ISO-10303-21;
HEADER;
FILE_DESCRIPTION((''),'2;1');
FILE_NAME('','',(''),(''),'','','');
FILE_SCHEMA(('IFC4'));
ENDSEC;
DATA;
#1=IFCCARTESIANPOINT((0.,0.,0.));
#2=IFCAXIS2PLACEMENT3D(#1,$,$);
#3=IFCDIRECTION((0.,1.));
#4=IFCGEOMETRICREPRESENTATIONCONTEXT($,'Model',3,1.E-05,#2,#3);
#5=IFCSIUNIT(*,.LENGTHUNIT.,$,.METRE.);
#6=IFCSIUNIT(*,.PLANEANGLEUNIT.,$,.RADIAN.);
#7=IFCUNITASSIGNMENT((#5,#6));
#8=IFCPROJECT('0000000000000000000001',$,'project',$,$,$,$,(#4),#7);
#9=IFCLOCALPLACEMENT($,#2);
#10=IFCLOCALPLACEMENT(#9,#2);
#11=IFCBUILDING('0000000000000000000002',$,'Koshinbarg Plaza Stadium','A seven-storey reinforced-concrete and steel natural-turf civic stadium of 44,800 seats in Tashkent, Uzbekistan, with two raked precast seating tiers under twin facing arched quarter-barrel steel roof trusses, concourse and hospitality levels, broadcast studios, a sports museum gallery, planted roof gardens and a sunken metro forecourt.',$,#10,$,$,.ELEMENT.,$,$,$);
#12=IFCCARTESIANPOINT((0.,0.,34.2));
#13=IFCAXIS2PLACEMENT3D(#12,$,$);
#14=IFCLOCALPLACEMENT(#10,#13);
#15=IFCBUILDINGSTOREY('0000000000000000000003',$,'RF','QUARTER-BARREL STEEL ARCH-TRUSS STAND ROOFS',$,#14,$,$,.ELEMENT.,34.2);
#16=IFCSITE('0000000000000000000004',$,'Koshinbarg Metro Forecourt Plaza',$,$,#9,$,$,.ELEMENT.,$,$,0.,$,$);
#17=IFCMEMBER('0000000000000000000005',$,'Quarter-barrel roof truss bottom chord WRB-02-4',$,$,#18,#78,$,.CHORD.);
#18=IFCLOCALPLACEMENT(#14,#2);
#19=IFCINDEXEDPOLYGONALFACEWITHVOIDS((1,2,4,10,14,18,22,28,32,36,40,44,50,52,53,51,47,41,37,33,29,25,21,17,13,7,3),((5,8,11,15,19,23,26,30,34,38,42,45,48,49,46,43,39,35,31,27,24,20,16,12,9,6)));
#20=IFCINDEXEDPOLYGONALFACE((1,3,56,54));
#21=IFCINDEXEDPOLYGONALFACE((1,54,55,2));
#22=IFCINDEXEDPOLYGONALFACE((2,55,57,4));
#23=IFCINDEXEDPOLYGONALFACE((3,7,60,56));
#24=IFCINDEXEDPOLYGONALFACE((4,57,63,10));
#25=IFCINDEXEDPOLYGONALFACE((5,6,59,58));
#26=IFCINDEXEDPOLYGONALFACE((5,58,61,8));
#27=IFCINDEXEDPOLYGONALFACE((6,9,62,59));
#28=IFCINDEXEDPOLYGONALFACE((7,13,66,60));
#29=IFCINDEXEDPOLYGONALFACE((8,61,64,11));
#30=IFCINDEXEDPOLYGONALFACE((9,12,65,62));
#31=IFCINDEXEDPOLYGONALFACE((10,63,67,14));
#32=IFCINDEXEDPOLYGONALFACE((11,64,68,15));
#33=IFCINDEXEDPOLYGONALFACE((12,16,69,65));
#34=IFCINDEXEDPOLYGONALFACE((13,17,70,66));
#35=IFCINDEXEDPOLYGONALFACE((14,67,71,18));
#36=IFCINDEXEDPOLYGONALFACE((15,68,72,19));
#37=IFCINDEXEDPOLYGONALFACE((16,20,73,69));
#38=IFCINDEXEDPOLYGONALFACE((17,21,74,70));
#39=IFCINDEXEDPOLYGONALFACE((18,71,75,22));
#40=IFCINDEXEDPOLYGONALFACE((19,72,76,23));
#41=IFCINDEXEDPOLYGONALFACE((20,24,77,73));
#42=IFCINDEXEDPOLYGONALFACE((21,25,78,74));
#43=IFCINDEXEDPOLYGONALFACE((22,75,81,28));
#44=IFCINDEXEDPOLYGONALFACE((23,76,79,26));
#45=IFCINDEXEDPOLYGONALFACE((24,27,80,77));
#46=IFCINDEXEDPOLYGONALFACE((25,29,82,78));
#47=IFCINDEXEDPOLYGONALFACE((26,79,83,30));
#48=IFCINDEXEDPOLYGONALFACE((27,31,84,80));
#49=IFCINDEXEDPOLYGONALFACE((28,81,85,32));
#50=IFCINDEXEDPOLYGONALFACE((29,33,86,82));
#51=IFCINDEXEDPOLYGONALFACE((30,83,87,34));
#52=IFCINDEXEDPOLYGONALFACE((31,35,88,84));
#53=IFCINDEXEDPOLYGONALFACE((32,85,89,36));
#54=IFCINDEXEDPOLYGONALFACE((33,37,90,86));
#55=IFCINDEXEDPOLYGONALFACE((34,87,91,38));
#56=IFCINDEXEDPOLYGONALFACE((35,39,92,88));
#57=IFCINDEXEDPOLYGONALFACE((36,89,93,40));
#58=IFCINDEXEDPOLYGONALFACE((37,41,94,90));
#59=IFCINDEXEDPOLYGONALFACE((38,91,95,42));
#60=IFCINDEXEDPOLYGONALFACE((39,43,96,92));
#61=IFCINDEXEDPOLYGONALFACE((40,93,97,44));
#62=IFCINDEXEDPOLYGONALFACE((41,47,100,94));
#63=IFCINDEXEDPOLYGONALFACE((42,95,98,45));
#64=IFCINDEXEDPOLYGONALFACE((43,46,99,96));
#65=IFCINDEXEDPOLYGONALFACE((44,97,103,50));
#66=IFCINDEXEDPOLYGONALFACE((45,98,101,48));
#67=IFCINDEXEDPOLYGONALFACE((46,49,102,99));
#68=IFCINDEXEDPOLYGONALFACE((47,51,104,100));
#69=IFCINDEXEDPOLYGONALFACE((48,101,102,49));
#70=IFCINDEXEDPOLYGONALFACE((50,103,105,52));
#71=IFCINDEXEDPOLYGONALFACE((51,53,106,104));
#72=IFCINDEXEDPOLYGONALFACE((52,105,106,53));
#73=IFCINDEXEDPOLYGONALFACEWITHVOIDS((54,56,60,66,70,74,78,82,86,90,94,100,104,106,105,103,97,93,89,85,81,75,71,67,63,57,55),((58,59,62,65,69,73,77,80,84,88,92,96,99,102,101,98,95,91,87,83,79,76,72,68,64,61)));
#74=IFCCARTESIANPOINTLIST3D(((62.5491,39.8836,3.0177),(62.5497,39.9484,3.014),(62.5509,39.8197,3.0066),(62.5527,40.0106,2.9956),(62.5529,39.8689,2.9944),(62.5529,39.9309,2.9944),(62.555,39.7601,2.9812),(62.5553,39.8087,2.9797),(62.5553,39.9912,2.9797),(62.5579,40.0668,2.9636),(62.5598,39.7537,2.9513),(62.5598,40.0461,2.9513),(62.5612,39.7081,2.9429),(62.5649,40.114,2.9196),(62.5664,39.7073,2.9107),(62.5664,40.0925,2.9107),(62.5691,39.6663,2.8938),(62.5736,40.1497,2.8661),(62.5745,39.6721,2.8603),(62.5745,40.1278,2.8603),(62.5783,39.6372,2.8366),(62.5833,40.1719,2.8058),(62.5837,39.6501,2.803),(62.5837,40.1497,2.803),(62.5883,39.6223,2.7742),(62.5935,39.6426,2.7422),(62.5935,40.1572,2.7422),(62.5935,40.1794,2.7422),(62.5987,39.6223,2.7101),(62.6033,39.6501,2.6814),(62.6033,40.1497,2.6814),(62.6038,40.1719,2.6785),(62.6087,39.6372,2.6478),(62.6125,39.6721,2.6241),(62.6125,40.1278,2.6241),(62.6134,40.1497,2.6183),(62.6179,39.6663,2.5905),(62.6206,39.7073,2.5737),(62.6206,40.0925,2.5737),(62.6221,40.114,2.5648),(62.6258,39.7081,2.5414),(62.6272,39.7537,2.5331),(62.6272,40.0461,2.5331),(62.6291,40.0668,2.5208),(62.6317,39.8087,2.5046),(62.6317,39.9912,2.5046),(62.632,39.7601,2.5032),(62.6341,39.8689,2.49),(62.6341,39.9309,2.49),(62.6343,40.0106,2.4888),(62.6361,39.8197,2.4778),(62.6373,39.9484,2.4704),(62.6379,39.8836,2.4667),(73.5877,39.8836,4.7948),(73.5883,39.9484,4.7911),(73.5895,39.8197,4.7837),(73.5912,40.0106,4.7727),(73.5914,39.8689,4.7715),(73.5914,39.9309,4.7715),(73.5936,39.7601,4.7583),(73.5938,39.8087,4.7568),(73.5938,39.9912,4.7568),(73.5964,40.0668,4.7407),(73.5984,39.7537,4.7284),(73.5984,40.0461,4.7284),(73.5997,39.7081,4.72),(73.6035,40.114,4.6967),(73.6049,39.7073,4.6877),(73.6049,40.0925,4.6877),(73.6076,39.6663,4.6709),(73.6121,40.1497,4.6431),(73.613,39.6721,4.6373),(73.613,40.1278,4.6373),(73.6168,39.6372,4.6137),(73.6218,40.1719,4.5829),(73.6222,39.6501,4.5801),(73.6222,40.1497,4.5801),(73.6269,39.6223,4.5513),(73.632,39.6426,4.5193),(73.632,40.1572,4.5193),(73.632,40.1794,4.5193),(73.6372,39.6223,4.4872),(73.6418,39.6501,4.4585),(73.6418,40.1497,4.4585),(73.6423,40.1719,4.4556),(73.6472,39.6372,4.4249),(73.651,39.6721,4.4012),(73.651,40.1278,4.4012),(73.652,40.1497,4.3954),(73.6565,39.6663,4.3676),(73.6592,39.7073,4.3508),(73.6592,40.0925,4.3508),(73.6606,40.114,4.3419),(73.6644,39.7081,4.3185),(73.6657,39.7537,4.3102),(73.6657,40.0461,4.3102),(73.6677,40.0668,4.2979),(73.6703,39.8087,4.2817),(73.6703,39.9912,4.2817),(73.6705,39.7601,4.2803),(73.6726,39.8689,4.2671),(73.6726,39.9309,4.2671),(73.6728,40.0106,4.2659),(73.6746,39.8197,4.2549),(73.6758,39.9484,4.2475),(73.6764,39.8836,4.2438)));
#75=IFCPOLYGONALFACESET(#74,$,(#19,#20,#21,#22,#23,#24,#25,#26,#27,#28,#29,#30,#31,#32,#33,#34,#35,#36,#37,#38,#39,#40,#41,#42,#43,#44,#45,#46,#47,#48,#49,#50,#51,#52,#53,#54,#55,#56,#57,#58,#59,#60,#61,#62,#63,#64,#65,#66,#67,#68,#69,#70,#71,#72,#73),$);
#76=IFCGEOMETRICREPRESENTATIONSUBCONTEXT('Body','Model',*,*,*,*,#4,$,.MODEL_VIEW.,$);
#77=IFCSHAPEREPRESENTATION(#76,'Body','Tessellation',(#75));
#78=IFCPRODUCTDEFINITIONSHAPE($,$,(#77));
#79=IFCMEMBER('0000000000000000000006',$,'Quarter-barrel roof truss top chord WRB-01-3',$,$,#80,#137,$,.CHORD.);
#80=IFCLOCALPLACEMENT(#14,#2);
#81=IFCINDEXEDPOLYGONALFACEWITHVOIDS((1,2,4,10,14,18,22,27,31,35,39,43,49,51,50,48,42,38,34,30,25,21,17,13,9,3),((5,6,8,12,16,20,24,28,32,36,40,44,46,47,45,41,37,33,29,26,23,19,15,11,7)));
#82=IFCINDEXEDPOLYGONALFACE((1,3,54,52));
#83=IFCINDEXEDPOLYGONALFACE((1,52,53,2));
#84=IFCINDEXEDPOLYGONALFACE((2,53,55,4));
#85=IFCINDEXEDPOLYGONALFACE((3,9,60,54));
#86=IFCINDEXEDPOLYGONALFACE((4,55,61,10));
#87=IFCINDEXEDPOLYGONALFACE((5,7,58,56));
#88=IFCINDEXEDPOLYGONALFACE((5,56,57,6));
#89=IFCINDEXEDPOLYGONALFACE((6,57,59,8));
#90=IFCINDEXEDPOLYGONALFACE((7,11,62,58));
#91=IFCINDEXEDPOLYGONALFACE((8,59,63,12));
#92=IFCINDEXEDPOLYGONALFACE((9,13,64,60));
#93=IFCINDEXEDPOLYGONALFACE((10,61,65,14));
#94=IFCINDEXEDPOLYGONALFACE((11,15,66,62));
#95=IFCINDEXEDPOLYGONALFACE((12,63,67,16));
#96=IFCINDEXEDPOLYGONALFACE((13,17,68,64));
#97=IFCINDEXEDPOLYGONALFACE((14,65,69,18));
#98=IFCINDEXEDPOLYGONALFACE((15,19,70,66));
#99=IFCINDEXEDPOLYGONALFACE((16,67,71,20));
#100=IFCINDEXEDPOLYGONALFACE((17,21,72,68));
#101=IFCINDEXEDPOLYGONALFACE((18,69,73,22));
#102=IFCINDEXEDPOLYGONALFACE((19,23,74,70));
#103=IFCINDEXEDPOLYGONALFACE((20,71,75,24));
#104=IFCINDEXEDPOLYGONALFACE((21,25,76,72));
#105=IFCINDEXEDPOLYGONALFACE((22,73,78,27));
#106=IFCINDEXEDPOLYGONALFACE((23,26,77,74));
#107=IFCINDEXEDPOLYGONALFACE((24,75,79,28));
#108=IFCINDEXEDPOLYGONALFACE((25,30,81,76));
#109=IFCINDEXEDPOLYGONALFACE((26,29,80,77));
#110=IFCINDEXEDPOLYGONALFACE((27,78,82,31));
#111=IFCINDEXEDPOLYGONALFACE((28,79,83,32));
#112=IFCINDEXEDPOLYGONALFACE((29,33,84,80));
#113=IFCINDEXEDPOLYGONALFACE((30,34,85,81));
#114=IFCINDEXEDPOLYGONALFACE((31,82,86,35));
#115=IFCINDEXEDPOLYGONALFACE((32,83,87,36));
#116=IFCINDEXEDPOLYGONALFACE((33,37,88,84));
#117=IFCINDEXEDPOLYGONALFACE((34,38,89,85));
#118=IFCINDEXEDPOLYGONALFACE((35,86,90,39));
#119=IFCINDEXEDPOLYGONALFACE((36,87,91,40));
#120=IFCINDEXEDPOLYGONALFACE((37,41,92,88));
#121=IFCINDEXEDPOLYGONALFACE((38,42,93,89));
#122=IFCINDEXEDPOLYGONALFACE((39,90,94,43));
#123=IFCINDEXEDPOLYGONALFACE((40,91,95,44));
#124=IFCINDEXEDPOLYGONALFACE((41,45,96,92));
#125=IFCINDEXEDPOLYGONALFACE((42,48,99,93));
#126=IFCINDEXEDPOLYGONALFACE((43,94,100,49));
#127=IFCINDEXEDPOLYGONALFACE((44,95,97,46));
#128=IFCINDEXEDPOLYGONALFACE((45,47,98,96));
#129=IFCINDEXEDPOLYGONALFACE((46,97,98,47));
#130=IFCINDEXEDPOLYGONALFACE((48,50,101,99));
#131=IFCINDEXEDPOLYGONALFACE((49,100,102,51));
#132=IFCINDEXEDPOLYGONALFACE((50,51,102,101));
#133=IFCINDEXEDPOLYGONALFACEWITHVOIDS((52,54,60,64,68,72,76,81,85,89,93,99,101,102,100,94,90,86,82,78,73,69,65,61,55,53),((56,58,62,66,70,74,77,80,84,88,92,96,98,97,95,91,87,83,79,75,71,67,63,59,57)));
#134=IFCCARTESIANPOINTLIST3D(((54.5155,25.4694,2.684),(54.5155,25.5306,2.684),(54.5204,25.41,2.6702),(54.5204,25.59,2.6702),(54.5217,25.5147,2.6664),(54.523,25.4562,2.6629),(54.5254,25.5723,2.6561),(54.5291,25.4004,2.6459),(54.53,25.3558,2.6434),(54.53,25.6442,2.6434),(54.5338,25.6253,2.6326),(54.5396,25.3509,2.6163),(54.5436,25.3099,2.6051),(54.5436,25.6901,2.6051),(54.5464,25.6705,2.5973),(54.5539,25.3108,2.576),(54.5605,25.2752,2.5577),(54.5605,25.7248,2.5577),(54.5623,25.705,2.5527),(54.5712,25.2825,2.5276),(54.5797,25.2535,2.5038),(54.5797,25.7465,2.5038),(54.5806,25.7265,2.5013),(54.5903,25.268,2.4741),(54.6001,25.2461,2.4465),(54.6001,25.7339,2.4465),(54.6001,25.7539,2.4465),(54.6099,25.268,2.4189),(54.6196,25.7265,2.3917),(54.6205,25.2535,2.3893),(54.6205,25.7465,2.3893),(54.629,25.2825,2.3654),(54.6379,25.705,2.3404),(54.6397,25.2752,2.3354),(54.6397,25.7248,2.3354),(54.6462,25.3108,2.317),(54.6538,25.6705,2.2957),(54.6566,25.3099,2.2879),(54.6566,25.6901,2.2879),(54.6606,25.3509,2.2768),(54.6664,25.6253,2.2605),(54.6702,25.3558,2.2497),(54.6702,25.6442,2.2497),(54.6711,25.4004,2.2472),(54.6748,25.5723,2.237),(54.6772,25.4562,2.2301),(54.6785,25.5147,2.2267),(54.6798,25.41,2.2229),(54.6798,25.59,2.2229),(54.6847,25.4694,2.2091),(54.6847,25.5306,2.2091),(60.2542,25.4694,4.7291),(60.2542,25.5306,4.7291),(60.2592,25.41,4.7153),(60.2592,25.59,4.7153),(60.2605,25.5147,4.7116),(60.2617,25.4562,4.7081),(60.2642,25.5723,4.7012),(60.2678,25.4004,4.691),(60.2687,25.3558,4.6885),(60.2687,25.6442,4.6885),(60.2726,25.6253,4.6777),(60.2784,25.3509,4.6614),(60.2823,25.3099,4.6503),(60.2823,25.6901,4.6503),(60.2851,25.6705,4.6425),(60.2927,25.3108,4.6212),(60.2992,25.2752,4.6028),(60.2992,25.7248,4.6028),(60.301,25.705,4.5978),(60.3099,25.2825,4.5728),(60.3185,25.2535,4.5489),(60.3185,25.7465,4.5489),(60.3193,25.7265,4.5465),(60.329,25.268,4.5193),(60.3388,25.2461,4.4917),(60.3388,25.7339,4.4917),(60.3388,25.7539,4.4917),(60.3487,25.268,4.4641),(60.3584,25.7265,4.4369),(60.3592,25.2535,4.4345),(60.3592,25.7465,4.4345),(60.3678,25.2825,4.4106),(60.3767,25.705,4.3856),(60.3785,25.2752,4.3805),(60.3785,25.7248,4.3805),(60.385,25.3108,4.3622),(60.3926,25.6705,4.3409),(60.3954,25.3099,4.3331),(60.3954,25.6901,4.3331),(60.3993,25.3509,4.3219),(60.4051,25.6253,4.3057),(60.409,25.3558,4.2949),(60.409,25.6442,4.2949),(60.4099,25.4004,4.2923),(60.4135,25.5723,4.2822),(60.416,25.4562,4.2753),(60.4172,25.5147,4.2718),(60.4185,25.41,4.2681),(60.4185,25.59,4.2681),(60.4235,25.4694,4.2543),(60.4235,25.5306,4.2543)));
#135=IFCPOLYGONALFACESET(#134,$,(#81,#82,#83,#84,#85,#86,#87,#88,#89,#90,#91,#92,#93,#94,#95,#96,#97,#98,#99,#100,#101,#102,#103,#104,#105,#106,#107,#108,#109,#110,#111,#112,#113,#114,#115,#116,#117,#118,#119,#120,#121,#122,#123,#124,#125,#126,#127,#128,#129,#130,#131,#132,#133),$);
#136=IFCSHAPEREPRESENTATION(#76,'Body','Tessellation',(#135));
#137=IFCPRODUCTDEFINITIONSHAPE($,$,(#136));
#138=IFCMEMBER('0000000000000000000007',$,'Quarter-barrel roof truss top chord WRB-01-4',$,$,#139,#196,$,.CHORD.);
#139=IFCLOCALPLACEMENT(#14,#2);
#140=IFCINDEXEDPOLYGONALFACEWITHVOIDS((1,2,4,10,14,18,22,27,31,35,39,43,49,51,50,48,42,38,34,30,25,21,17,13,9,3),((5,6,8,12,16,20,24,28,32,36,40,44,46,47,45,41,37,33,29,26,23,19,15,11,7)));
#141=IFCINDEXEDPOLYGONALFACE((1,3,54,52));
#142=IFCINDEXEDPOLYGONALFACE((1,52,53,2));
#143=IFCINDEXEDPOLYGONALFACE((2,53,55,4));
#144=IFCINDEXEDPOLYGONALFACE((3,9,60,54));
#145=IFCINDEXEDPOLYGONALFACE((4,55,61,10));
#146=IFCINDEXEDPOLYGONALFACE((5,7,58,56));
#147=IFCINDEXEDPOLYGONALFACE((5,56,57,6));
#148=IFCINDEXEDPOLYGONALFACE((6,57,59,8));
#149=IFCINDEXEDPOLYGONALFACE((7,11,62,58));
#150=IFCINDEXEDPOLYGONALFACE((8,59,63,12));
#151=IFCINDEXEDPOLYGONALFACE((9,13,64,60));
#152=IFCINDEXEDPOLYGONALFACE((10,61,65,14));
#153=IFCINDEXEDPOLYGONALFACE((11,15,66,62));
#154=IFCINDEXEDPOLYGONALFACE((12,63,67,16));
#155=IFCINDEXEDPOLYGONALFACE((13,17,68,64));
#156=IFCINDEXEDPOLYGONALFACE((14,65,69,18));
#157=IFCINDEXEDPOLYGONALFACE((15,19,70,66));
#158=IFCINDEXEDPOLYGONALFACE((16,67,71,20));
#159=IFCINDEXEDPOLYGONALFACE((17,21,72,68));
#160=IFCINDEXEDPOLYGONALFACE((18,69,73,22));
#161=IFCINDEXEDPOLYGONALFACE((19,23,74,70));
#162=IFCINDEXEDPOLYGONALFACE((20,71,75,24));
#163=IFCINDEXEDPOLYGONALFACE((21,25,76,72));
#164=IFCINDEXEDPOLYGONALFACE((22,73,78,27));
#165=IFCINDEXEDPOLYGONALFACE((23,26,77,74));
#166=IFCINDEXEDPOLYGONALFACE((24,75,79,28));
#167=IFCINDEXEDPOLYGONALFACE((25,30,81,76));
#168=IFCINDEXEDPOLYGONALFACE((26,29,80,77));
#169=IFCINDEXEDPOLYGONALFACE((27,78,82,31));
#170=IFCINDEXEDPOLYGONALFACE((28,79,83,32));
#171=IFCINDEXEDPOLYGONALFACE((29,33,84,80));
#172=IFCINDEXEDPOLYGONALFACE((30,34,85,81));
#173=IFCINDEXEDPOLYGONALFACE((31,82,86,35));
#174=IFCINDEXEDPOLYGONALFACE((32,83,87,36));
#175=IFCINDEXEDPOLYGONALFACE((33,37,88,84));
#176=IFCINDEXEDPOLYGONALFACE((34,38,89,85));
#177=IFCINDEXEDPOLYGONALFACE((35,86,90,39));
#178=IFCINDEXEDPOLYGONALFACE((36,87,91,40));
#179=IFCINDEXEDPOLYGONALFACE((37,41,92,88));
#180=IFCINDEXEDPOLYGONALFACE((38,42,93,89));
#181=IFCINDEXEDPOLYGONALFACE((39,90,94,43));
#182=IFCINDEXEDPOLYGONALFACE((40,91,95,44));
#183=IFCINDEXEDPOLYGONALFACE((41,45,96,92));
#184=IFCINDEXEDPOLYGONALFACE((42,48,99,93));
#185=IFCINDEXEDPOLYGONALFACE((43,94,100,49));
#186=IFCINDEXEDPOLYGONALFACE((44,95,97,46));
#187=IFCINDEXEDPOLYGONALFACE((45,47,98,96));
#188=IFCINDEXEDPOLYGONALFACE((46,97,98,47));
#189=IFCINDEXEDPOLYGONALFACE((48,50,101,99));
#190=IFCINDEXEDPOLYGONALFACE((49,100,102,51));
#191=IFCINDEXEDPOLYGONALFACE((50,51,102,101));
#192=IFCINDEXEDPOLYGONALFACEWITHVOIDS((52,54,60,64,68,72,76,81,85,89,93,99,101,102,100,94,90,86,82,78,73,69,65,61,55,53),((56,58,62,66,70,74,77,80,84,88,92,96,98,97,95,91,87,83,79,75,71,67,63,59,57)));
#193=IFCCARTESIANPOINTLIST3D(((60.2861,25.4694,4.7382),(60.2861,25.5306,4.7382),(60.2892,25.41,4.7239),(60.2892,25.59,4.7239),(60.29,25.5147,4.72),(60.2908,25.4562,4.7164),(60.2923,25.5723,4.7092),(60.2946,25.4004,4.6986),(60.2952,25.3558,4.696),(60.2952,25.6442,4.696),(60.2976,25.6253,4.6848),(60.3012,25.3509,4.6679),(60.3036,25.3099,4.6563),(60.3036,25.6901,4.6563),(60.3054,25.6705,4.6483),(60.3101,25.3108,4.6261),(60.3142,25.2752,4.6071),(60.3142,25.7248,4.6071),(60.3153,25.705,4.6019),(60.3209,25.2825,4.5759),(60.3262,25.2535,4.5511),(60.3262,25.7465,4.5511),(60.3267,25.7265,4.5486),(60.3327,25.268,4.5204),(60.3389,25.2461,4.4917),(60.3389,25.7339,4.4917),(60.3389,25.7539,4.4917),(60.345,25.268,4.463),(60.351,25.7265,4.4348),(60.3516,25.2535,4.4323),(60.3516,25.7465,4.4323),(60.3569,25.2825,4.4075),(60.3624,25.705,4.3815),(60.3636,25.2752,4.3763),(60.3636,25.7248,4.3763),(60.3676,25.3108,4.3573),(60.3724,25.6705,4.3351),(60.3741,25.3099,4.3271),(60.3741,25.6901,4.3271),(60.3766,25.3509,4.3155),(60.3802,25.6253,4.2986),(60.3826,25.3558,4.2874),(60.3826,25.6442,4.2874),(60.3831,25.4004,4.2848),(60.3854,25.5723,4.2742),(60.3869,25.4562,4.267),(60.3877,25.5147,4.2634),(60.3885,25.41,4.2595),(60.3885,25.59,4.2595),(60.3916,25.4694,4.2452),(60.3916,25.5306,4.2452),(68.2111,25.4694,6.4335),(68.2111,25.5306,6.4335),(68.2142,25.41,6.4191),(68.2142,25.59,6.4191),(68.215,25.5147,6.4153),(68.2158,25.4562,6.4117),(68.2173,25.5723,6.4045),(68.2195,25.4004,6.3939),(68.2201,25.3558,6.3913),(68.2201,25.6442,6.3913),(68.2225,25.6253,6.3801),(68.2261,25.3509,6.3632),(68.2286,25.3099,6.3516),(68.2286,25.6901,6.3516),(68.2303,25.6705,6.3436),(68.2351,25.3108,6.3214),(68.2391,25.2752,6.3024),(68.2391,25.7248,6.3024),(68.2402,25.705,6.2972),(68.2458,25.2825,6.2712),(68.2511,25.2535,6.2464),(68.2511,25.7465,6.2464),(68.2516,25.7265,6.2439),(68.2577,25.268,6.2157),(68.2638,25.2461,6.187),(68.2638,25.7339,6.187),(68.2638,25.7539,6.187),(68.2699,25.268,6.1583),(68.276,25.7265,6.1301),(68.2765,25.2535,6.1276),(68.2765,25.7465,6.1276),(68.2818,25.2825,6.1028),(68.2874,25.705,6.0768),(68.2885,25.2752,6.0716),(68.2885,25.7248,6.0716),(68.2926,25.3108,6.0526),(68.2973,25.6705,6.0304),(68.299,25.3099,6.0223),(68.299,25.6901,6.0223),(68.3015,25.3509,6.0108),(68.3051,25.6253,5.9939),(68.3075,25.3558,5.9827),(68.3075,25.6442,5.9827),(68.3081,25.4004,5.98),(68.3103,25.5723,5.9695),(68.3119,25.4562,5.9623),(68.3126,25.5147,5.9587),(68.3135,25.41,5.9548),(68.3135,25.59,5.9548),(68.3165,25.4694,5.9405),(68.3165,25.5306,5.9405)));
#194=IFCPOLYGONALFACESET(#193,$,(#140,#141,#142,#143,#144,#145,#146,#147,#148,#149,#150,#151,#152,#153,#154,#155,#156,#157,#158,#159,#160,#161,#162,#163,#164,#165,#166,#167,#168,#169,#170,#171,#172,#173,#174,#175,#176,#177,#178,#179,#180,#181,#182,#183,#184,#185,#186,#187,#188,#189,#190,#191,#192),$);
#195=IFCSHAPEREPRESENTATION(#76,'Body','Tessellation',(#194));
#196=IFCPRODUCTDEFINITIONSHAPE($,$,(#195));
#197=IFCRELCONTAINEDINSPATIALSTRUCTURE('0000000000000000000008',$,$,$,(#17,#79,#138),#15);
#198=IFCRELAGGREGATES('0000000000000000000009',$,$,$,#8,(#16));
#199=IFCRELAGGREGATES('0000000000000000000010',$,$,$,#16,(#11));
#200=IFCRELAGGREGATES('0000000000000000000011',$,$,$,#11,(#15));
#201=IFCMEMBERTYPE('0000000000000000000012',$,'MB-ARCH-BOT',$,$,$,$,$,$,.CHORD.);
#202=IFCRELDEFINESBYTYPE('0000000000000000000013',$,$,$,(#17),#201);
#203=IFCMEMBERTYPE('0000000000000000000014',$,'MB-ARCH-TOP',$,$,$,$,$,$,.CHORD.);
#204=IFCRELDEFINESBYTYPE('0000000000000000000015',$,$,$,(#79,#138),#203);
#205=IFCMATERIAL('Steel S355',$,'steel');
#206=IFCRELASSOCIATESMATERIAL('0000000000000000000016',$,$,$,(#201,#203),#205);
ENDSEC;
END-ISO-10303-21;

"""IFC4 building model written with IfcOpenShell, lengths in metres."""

from ifc_helpers import new_model, si_unit, direction, frame, origin, origin_2d, place, context, subcontext, project, spatial, hollow_circle, extrude, material, material_profile, profile_set, type_object, element, save


model = new_model("IFC4")

# Units and contexts
model_context = context("Model", 3, precision=1e-05, world=origin(), true_north=direction((0.0, 1.0)))
body_context = subcontext(model_context, "Body", "Model", "MODEL_VIEW")
ifc_project = project(units=[si_unit("LENGTHUNIT", "METRE"), si_unit("PLANEANGLEUNIT", "RADIAN")], contexts=[model_context])

# Site, building, storey
site_placement = place(None, origin())
site = spatial("IfcSite", under=ifc_project, at=site_placement, Name="Koshinbarg Metro Forecourt Plaza", CompositionType="ELEMENT", RefElevation=0.0)
building_placement = place(site_placement, origin())
building = spatial("IfcBuilding", under=site, at=building_placement, Name="Koshinbarg Plaza Stadium", Description="A seven-storey reinforced-concrete and steel natural-turf civic stadium of 44,800 seats in Tashkent, Uzbekistan, with two raked precast seating tiers under twin facing arched quarter-barrel steel roof trusses, concourse and hospitality levels, broadcast studios, a sports museum gallery, planted roof gardens and a sunken metro forecourt.", CompositionType="ELEMENT")
storey_placement = place(building_placement, frame((0.0, 0.0, 34.2)))
storey = spatial("IfcBuildingStorey", under=building, at=storey_placement, Name="RF", Description="QUARTER-BARREL STEEL ARCH-TRUSS STAND ROOFS", CompositionType="ELEMENT", Elevation=34.2)

# Members
ifc_material_1 = material(Name="Steel S355", Category="steel")
ifc_material_profile_1 = material_profile(ifc_material_1, hollow_circle(Radius=0.2795, WallThickness=0.0222, at=origin_2d()), Name="CHS 559x22.2")
ifc_profile_set_1 = profile_set([ifc_material_profile_1], Name="Steel S355")
member_type_1 = type_object("IfcMemberType", Name="MB-ARCH-BOT", PredefinedType="CHORD", material=ifc_profile_set_1)
member_1_placement = place(storey_placement, frame((62.5935, 39.8999, 2.7422), z_axis=(0.987288, 0.0, 0.158943), x_axis=(0.0, 1.0, 0.0)))
element("IfcMember", 1, at=member_1_placement, inside=storey, type_object=member_type_1, Name="Quarter-barrel roof truss bottom chord WRB-02-4", PredefinedType="CHORD", context=body_context, shape_type="SweptSolid", body=[
    extrude(hollow_circle(Radius=0.2795, WallThickness=0.0222, at=origin_2d()), origin(), (0.0, 0.0, 1.0), 11.1807),
])
ifc_material_profile_2 = material_profile(ifc_material_1, hollow_circle(Radius=0.2539, WallThickness=0.02, at=origin_2d()), Name="CHS 508x20")
ifc_profile_set_2 = profile_set([ifc_material_profile_2], Name="Steel S355")
member_type_2 = type_object("IfcMemberType", Name="MB-ARCH-TOP", PredefinedType="CHORD", material=ifc_profile_set_2)
member_2_placement = place(storey_placement, frame((54.6001, 25.5, 2.4465), z_axis=(0.94197, 0.0, 0.335697), x_axis=(0.0, 1.0, 0.0)))
element("IfcMember", 2, at=member_2_placement, inside=storey, type_object=member_type_2, Name="Quarter-barrel roof truss top chord WRB-01-3", PredefinedType="CHORD", context=body_context, shape_type="SweptSolid", body=[
    extrude(hollow_circle(Radius=0.2539, WallThickness=0.02, at=origin_2d()), origin(), (0.0, 0.0, 1.0), 6.0923),
])
member_3_placement = place(storey_placement, frame((60.3389, 25.5, 4.4917), z_axis=(0.977876, 0.0, 0.209186), x_axis=(0.0, 1.0, 0.0)))
element("IfcMember", 3, at=member_3_placement, inside=storey, type_object=member_type_2, Name="Quarter-barrel roof truss top chord WRB-01-4", PredefinedType="CHORD", context=body_context, shape_type="SweptSolid", body=[
    extrude(hollow_circle(Radius=0.2539, WallThickness=0.02, at=origin_2d()), origin(), (0.0, 0.0, 1.0), 8.1042),
])

save(model, "model.ifc")
